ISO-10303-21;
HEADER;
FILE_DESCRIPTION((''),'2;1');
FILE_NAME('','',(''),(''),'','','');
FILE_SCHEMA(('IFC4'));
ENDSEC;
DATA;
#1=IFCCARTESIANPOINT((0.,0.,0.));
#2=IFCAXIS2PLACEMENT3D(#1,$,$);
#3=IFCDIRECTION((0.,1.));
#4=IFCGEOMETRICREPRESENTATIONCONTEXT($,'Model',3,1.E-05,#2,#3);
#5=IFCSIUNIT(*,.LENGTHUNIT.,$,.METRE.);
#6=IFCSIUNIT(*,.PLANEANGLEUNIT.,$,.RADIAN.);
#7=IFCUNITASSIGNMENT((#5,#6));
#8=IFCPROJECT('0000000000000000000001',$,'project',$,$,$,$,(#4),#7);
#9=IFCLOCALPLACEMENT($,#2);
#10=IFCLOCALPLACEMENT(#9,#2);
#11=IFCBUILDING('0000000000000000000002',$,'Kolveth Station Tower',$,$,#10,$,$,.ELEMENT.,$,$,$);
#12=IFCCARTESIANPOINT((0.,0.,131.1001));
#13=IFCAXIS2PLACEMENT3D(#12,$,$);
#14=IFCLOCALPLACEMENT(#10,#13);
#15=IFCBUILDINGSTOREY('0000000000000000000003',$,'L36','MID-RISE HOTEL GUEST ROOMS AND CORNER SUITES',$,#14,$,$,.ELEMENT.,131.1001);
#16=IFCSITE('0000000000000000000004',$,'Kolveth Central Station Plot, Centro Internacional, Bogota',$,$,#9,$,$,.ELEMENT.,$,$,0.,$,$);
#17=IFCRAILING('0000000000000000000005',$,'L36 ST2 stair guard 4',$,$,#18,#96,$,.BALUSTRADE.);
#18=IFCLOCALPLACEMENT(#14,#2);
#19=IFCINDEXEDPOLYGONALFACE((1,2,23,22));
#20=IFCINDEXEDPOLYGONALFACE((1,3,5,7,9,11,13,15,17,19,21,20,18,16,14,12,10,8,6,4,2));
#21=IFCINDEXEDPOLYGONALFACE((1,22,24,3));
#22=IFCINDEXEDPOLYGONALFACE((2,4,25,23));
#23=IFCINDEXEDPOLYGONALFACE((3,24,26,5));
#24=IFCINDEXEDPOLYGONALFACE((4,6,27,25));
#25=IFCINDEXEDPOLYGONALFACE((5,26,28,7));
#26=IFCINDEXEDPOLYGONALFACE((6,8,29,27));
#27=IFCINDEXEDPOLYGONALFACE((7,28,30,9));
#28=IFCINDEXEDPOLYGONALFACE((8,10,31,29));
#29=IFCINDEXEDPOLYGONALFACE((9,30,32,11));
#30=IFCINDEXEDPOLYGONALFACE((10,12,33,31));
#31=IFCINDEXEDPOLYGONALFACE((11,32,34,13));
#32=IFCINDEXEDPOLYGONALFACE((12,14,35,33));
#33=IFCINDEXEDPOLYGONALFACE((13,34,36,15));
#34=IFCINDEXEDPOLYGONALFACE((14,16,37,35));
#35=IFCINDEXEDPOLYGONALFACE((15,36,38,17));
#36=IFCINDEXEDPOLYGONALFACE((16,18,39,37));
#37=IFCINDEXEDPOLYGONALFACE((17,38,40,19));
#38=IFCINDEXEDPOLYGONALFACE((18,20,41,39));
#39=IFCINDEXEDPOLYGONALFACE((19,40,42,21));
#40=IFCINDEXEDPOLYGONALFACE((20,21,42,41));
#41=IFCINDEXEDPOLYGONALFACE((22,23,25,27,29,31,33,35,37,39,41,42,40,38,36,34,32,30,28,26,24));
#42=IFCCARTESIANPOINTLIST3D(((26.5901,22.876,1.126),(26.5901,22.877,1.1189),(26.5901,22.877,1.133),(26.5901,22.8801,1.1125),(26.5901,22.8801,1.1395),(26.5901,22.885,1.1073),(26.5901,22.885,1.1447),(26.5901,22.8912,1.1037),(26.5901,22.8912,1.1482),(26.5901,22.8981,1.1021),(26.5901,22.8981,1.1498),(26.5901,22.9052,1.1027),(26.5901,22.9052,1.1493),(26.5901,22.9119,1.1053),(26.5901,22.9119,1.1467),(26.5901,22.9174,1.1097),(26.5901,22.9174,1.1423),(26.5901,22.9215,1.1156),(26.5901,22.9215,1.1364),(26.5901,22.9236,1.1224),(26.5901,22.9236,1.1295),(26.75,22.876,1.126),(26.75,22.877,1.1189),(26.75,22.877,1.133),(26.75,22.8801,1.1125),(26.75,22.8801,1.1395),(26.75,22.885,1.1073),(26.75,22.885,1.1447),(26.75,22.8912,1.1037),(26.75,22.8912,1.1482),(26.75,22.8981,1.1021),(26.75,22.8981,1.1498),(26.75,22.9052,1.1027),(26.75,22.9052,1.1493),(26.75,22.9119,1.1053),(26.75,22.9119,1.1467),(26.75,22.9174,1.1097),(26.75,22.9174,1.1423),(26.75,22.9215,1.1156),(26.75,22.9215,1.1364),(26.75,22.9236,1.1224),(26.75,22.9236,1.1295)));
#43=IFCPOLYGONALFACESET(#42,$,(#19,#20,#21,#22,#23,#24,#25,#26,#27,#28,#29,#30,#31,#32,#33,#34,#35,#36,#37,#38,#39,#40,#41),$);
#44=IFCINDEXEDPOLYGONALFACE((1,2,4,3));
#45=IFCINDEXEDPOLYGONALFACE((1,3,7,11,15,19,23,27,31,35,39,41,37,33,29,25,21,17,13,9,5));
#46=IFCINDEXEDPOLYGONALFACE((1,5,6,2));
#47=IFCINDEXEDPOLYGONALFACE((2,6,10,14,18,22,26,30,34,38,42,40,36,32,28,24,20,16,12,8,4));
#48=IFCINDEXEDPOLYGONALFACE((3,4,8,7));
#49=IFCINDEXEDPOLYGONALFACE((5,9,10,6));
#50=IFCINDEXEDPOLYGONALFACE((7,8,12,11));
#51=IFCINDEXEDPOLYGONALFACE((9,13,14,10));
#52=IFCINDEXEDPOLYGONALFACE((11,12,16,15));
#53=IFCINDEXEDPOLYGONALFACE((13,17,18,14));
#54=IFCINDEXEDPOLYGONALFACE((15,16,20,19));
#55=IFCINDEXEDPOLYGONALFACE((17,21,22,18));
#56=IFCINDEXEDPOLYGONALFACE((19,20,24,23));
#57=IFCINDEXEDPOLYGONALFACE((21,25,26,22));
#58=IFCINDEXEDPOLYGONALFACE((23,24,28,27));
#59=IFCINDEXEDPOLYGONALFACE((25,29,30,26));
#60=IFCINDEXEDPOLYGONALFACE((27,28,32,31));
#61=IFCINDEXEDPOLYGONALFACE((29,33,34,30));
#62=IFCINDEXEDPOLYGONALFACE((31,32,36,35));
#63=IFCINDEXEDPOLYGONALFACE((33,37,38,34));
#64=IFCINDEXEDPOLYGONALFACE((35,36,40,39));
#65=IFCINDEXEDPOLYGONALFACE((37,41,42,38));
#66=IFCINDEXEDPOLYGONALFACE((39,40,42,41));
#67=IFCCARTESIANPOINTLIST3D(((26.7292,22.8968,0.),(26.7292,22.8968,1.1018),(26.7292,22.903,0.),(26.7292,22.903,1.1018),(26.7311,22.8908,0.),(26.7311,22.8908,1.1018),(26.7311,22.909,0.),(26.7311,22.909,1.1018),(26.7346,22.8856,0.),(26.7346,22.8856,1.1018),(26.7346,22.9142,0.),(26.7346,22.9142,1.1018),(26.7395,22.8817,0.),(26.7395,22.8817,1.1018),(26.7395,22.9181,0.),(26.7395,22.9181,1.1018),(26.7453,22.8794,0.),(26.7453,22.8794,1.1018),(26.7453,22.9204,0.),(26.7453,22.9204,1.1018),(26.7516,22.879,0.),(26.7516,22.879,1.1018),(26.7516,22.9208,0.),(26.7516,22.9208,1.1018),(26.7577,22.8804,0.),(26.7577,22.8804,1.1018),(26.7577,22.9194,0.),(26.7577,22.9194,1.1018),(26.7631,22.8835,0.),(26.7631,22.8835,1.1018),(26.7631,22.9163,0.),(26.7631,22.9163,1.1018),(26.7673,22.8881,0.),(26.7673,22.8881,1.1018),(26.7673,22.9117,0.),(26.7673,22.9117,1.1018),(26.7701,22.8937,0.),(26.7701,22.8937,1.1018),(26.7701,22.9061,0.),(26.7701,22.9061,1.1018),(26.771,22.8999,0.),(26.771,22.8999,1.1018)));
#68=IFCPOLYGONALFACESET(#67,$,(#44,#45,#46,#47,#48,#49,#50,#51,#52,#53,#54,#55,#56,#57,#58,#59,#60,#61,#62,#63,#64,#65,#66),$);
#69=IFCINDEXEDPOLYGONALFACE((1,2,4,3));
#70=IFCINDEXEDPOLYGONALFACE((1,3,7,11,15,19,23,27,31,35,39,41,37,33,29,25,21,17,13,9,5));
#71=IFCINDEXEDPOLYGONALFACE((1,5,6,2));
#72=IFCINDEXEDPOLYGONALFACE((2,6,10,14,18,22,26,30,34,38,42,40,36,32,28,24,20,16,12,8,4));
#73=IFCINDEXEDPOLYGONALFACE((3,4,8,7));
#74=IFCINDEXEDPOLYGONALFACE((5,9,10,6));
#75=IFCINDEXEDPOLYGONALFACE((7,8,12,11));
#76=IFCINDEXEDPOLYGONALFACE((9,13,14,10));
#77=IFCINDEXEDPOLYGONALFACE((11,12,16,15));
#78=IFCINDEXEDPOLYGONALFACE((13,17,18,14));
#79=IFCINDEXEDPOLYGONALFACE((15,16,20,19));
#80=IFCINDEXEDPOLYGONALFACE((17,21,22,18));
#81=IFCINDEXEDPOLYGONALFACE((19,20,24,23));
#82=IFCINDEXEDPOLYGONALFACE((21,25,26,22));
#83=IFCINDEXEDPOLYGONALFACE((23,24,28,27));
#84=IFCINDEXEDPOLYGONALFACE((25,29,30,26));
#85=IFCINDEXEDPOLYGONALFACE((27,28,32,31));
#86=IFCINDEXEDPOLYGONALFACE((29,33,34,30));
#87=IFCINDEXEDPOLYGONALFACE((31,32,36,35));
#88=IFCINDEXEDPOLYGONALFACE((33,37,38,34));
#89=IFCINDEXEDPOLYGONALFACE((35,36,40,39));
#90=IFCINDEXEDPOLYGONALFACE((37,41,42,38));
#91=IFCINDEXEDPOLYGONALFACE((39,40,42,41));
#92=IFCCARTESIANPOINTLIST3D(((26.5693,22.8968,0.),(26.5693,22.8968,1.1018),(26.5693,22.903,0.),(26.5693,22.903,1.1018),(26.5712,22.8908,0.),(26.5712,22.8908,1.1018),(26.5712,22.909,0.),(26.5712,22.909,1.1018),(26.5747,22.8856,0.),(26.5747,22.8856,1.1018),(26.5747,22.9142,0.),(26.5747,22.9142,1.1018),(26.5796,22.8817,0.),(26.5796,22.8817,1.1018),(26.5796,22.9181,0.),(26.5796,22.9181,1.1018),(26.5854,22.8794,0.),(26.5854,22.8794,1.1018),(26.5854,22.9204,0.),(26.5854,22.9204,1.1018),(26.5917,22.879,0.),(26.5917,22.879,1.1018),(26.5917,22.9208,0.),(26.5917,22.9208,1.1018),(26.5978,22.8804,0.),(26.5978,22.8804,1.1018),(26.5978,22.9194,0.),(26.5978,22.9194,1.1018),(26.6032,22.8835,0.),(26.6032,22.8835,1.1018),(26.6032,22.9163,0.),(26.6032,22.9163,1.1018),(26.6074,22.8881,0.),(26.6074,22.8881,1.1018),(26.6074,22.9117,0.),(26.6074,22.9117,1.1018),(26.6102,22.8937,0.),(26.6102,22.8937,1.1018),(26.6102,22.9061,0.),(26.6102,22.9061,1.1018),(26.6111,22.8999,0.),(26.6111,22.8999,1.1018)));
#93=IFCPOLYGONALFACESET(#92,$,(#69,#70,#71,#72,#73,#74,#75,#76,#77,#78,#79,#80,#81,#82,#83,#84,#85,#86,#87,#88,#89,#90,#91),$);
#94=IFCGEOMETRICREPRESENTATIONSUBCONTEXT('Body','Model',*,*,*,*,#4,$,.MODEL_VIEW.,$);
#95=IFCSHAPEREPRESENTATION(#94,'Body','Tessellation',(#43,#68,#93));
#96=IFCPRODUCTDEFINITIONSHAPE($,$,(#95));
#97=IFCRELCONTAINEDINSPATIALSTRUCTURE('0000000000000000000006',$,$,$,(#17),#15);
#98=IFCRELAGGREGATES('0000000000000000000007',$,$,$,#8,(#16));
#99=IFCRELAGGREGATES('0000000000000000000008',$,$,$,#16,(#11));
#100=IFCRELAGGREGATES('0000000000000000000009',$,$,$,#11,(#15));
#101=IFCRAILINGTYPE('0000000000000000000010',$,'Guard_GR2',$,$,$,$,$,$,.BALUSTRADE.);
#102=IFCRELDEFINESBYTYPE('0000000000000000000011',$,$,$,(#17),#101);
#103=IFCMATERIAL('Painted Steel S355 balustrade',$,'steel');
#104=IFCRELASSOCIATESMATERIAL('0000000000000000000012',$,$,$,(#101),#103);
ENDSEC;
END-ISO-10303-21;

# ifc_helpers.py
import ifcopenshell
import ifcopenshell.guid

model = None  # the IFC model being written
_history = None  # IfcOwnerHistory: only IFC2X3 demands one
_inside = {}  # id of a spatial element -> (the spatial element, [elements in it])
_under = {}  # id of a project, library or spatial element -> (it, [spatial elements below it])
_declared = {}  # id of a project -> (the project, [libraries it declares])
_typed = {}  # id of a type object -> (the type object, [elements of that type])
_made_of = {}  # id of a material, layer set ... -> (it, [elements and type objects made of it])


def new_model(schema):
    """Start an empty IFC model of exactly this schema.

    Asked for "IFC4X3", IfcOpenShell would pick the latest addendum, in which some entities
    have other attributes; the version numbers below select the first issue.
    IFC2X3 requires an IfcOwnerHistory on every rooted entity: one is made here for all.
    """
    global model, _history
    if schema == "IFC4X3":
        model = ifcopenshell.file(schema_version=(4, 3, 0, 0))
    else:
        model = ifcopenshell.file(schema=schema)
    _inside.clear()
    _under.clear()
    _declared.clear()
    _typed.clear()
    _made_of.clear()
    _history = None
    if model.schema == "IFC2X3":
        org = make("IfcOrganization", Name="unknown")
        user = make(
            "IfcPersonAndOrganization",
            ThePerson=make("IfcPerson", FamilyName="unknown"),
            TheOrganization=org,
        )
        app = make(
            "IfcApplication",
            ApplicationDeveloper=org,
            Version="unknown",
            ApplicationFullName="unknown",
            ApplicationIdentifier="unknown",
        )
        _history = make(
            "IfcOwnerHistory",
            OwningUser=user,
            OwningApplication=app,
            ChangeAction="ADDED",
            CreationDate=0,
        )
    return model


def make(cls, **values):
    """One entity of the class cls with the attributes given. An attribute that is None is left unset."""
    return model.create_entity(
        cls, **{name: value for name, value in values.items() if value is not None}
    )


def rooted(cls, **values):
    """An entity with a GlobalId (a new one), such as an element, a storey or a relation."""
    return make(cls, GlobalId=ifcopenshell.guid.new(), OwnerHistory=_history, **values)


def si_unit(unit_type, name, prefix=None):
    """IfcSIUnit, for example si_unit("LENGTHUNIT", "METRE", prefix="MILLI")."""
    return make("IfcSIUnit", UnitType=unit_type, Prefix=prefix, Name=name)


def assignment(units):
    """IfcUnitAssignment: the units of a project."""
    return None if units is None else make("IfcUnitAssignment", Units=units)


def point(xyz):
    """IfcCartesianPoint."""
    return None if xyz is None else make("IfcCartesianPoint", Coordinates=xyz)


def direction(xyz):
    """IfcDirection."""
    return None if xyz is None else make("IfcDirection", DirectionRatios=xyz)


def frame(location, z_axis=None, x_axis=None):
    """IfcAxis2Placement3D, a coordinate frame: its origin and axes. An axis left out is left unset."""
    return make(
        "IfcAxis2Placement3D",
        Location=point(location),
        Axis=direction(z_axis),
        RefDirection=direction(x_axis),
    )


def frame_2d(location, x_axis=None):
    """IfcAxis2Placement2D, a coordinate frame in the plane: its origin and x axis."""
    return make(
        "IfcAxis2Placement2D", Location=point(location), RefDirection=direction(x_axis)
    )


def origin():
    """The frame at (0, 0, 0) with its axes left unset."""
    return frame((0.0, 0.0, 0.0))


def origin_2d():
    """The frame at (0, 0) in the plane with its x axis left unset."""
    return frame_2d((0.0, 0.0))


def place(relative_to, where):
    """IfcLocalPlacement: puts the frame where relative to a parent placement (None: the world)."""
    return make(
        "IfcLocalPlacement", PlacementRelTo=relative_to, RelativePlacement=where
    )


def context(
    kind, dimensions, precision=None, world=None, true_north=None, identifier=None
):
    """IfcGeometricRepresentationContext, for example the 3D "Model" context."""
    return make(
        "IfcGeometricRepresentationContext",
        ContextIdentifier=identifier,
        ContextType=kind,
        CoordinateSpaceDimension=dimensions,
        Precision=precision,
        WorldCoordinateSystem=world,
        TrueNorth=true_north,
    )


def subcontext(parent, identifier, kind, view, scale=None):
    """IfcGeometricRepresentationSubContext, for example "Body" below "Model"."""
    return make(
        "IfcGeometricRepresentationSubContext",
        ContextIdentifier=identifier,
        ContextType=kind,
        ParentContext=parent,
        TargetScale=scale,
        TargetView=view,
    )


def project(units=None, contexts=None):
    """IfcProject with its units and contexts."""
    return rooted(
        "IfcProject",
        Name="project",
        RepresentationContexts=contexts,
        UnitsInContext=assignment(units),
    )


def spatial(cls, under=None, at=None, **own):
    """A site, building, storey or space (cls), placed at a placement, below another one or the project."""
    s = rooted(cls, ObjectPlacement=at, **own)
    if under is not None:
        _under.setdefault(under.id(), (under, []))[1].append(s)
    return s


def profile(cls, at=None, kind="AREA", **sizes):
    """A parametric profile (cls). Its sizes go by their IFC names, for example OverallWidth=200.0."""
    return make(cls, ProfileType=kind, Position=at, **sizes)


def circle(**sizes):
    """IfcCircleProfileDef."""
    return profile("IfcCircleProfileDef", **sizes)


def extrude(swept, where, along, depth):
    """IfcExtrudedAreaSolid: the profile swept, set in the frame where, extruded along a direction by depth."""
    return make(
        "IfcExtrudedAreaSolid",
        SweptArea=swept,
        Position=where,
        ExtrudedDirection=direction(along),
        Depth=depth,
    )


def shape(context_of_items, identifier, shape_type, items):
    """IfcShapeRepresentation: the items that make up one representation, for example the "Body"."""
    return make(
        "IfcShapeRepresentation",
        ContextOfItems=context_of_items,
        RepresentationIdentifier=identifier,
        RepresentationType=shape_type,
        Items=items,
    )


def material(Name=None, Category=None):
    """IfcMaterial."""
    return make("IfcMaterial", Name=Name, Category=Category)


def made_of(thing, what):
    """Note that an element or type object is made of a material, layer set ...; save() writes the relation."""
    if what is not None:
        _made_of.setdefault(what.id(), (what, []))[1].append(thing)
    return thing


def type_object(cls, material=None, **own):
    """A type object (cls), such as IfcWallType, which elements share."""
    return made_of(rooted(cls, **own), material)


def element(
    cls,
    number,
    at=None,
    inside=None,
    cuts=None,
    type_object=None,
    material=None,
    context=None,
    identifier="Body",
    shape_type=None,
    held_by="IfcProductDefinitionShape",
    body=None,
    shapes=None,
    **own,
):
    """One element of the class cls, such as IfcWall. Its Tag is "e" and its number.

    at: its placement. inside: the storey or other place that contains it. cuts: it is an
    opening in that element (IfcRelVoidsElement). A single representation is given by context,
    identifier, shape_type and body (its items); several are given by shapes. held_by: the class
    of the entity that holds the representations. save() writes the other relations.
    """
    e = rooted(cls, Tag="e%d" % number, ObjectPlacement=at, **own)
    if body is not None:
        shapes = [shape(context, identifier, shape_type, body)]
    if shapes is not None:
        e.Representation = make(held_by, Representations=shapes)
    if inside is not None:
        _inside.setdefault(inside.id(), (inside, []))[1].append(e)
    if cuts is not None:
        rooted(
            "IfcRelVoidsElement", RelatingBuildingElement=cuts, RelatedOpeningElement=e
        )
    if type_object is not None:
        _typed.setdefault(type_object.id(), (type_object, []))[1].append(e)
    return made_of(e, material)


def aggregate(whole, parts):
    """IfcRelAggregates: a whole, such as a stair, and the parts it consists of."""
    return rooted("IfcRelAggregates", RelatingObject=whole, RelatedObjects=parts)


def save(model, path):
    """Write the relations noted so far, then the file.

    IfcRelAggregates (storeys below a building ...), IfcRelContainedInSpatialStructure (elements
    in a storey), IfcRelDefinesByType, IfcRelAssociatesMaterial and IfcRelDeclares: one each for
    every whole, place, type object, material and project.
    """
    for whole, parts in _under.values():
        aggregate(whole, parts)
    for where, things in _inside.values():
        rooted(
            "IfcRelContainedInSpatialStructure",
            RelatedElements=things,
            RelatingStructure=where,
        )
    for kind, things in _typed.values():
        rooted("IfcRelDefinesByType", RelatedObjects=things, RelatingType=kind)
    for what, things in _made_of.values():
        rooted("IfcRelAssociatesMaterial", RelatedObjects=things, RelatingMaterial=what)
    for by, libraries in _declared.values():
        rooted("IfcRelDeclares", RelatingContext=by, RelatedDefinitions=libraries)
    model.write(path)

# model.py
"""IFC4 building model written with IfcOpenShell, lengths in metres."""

from ifc_helpers import new_model, si_unit, direction, frame, origin, origin_2d, place, context, subcontext, project, spatial, circle, extrude, material, type_object, element, save


model = new_model("IFC4")

# Units and contexts
model_context = context("Model", 3, precision=1e-05, world=origin(), true_north=direction((0.0, 1.0)))
body_context = subcontext(model_context, "Body", "Model", "MODEL_VIEW")
ifc_project = project(units=[si_unit("LENGTHUNIT", "METRE"), si_unit("PLANEANGLEUNIT", "RADIAN")], contexts=[model_context])

# Site, building, storey
site_placement = place(None, origin())
site = spatial("IfcSite", under=ifc_project, at=site_placement, Name="Kolveth Central Station Plot, Centro Internacional, Bogota", CompositionType="ELEMENT", RefElevation=0.0)
building_placement = place(site_placement, origin())
building = spatial("IfcBuilding", under=site, at=building_placement, Name="Kolveth Station Tower", CompositionType="ELEMENT")
storey_placement = place(building_placement, frame((0.0, 0.0, 131.1001)))
storey = spatial("IfcBuildingStorey", under=building, at=storey_placement, Name="L36", Description="MID-RISE HOTEL GUEST ROOMS AND CORNER SUITES", CompositionType="ELEMENT", Elevation=131.1001)

# Railing
ifc_material_1 = material(Name="Painted Steel S355 balustrade", Category="steel")
railing_type_1 = type_object("IfcRailingType", Name="Guard_GR2", PredefinedType="BALUSTRADE", material=ifc_material_1)
railing_1_placement = place(storey_placement, frame((26.75, 22.8999, 0.0)))
element("IfcRailing", 1, at=railing_1_placement, inside=storey, type_object=railing_type_1, Name="L36 ST2 stair guard 4", PredefinedType="BALUSTRADE", context=body_context, shape_type="SweptSolid", body=[
    extrude(circle(Radius=0.0239, at=origin_2d()), frame((0.0, 0.0, 1.126), z_axis=(-1.0, 0.0, 0.0), x_axis=(0.0, -1.0, 0.0)), (0.0, 0.0, 1.0), 0.1599),
    extrude(circle(Radius=0.021, at=origin_2d()), origin(), (0.0, 0.0, 1.0), 1.1018),
    extrude(circle(Radius=0.021, at=origin_2d()), frame((-0.1599, 0.0, 0.0)), (0.0, 0.0, 1.0), 1.1018),
])

save(model, "model.ifc")
